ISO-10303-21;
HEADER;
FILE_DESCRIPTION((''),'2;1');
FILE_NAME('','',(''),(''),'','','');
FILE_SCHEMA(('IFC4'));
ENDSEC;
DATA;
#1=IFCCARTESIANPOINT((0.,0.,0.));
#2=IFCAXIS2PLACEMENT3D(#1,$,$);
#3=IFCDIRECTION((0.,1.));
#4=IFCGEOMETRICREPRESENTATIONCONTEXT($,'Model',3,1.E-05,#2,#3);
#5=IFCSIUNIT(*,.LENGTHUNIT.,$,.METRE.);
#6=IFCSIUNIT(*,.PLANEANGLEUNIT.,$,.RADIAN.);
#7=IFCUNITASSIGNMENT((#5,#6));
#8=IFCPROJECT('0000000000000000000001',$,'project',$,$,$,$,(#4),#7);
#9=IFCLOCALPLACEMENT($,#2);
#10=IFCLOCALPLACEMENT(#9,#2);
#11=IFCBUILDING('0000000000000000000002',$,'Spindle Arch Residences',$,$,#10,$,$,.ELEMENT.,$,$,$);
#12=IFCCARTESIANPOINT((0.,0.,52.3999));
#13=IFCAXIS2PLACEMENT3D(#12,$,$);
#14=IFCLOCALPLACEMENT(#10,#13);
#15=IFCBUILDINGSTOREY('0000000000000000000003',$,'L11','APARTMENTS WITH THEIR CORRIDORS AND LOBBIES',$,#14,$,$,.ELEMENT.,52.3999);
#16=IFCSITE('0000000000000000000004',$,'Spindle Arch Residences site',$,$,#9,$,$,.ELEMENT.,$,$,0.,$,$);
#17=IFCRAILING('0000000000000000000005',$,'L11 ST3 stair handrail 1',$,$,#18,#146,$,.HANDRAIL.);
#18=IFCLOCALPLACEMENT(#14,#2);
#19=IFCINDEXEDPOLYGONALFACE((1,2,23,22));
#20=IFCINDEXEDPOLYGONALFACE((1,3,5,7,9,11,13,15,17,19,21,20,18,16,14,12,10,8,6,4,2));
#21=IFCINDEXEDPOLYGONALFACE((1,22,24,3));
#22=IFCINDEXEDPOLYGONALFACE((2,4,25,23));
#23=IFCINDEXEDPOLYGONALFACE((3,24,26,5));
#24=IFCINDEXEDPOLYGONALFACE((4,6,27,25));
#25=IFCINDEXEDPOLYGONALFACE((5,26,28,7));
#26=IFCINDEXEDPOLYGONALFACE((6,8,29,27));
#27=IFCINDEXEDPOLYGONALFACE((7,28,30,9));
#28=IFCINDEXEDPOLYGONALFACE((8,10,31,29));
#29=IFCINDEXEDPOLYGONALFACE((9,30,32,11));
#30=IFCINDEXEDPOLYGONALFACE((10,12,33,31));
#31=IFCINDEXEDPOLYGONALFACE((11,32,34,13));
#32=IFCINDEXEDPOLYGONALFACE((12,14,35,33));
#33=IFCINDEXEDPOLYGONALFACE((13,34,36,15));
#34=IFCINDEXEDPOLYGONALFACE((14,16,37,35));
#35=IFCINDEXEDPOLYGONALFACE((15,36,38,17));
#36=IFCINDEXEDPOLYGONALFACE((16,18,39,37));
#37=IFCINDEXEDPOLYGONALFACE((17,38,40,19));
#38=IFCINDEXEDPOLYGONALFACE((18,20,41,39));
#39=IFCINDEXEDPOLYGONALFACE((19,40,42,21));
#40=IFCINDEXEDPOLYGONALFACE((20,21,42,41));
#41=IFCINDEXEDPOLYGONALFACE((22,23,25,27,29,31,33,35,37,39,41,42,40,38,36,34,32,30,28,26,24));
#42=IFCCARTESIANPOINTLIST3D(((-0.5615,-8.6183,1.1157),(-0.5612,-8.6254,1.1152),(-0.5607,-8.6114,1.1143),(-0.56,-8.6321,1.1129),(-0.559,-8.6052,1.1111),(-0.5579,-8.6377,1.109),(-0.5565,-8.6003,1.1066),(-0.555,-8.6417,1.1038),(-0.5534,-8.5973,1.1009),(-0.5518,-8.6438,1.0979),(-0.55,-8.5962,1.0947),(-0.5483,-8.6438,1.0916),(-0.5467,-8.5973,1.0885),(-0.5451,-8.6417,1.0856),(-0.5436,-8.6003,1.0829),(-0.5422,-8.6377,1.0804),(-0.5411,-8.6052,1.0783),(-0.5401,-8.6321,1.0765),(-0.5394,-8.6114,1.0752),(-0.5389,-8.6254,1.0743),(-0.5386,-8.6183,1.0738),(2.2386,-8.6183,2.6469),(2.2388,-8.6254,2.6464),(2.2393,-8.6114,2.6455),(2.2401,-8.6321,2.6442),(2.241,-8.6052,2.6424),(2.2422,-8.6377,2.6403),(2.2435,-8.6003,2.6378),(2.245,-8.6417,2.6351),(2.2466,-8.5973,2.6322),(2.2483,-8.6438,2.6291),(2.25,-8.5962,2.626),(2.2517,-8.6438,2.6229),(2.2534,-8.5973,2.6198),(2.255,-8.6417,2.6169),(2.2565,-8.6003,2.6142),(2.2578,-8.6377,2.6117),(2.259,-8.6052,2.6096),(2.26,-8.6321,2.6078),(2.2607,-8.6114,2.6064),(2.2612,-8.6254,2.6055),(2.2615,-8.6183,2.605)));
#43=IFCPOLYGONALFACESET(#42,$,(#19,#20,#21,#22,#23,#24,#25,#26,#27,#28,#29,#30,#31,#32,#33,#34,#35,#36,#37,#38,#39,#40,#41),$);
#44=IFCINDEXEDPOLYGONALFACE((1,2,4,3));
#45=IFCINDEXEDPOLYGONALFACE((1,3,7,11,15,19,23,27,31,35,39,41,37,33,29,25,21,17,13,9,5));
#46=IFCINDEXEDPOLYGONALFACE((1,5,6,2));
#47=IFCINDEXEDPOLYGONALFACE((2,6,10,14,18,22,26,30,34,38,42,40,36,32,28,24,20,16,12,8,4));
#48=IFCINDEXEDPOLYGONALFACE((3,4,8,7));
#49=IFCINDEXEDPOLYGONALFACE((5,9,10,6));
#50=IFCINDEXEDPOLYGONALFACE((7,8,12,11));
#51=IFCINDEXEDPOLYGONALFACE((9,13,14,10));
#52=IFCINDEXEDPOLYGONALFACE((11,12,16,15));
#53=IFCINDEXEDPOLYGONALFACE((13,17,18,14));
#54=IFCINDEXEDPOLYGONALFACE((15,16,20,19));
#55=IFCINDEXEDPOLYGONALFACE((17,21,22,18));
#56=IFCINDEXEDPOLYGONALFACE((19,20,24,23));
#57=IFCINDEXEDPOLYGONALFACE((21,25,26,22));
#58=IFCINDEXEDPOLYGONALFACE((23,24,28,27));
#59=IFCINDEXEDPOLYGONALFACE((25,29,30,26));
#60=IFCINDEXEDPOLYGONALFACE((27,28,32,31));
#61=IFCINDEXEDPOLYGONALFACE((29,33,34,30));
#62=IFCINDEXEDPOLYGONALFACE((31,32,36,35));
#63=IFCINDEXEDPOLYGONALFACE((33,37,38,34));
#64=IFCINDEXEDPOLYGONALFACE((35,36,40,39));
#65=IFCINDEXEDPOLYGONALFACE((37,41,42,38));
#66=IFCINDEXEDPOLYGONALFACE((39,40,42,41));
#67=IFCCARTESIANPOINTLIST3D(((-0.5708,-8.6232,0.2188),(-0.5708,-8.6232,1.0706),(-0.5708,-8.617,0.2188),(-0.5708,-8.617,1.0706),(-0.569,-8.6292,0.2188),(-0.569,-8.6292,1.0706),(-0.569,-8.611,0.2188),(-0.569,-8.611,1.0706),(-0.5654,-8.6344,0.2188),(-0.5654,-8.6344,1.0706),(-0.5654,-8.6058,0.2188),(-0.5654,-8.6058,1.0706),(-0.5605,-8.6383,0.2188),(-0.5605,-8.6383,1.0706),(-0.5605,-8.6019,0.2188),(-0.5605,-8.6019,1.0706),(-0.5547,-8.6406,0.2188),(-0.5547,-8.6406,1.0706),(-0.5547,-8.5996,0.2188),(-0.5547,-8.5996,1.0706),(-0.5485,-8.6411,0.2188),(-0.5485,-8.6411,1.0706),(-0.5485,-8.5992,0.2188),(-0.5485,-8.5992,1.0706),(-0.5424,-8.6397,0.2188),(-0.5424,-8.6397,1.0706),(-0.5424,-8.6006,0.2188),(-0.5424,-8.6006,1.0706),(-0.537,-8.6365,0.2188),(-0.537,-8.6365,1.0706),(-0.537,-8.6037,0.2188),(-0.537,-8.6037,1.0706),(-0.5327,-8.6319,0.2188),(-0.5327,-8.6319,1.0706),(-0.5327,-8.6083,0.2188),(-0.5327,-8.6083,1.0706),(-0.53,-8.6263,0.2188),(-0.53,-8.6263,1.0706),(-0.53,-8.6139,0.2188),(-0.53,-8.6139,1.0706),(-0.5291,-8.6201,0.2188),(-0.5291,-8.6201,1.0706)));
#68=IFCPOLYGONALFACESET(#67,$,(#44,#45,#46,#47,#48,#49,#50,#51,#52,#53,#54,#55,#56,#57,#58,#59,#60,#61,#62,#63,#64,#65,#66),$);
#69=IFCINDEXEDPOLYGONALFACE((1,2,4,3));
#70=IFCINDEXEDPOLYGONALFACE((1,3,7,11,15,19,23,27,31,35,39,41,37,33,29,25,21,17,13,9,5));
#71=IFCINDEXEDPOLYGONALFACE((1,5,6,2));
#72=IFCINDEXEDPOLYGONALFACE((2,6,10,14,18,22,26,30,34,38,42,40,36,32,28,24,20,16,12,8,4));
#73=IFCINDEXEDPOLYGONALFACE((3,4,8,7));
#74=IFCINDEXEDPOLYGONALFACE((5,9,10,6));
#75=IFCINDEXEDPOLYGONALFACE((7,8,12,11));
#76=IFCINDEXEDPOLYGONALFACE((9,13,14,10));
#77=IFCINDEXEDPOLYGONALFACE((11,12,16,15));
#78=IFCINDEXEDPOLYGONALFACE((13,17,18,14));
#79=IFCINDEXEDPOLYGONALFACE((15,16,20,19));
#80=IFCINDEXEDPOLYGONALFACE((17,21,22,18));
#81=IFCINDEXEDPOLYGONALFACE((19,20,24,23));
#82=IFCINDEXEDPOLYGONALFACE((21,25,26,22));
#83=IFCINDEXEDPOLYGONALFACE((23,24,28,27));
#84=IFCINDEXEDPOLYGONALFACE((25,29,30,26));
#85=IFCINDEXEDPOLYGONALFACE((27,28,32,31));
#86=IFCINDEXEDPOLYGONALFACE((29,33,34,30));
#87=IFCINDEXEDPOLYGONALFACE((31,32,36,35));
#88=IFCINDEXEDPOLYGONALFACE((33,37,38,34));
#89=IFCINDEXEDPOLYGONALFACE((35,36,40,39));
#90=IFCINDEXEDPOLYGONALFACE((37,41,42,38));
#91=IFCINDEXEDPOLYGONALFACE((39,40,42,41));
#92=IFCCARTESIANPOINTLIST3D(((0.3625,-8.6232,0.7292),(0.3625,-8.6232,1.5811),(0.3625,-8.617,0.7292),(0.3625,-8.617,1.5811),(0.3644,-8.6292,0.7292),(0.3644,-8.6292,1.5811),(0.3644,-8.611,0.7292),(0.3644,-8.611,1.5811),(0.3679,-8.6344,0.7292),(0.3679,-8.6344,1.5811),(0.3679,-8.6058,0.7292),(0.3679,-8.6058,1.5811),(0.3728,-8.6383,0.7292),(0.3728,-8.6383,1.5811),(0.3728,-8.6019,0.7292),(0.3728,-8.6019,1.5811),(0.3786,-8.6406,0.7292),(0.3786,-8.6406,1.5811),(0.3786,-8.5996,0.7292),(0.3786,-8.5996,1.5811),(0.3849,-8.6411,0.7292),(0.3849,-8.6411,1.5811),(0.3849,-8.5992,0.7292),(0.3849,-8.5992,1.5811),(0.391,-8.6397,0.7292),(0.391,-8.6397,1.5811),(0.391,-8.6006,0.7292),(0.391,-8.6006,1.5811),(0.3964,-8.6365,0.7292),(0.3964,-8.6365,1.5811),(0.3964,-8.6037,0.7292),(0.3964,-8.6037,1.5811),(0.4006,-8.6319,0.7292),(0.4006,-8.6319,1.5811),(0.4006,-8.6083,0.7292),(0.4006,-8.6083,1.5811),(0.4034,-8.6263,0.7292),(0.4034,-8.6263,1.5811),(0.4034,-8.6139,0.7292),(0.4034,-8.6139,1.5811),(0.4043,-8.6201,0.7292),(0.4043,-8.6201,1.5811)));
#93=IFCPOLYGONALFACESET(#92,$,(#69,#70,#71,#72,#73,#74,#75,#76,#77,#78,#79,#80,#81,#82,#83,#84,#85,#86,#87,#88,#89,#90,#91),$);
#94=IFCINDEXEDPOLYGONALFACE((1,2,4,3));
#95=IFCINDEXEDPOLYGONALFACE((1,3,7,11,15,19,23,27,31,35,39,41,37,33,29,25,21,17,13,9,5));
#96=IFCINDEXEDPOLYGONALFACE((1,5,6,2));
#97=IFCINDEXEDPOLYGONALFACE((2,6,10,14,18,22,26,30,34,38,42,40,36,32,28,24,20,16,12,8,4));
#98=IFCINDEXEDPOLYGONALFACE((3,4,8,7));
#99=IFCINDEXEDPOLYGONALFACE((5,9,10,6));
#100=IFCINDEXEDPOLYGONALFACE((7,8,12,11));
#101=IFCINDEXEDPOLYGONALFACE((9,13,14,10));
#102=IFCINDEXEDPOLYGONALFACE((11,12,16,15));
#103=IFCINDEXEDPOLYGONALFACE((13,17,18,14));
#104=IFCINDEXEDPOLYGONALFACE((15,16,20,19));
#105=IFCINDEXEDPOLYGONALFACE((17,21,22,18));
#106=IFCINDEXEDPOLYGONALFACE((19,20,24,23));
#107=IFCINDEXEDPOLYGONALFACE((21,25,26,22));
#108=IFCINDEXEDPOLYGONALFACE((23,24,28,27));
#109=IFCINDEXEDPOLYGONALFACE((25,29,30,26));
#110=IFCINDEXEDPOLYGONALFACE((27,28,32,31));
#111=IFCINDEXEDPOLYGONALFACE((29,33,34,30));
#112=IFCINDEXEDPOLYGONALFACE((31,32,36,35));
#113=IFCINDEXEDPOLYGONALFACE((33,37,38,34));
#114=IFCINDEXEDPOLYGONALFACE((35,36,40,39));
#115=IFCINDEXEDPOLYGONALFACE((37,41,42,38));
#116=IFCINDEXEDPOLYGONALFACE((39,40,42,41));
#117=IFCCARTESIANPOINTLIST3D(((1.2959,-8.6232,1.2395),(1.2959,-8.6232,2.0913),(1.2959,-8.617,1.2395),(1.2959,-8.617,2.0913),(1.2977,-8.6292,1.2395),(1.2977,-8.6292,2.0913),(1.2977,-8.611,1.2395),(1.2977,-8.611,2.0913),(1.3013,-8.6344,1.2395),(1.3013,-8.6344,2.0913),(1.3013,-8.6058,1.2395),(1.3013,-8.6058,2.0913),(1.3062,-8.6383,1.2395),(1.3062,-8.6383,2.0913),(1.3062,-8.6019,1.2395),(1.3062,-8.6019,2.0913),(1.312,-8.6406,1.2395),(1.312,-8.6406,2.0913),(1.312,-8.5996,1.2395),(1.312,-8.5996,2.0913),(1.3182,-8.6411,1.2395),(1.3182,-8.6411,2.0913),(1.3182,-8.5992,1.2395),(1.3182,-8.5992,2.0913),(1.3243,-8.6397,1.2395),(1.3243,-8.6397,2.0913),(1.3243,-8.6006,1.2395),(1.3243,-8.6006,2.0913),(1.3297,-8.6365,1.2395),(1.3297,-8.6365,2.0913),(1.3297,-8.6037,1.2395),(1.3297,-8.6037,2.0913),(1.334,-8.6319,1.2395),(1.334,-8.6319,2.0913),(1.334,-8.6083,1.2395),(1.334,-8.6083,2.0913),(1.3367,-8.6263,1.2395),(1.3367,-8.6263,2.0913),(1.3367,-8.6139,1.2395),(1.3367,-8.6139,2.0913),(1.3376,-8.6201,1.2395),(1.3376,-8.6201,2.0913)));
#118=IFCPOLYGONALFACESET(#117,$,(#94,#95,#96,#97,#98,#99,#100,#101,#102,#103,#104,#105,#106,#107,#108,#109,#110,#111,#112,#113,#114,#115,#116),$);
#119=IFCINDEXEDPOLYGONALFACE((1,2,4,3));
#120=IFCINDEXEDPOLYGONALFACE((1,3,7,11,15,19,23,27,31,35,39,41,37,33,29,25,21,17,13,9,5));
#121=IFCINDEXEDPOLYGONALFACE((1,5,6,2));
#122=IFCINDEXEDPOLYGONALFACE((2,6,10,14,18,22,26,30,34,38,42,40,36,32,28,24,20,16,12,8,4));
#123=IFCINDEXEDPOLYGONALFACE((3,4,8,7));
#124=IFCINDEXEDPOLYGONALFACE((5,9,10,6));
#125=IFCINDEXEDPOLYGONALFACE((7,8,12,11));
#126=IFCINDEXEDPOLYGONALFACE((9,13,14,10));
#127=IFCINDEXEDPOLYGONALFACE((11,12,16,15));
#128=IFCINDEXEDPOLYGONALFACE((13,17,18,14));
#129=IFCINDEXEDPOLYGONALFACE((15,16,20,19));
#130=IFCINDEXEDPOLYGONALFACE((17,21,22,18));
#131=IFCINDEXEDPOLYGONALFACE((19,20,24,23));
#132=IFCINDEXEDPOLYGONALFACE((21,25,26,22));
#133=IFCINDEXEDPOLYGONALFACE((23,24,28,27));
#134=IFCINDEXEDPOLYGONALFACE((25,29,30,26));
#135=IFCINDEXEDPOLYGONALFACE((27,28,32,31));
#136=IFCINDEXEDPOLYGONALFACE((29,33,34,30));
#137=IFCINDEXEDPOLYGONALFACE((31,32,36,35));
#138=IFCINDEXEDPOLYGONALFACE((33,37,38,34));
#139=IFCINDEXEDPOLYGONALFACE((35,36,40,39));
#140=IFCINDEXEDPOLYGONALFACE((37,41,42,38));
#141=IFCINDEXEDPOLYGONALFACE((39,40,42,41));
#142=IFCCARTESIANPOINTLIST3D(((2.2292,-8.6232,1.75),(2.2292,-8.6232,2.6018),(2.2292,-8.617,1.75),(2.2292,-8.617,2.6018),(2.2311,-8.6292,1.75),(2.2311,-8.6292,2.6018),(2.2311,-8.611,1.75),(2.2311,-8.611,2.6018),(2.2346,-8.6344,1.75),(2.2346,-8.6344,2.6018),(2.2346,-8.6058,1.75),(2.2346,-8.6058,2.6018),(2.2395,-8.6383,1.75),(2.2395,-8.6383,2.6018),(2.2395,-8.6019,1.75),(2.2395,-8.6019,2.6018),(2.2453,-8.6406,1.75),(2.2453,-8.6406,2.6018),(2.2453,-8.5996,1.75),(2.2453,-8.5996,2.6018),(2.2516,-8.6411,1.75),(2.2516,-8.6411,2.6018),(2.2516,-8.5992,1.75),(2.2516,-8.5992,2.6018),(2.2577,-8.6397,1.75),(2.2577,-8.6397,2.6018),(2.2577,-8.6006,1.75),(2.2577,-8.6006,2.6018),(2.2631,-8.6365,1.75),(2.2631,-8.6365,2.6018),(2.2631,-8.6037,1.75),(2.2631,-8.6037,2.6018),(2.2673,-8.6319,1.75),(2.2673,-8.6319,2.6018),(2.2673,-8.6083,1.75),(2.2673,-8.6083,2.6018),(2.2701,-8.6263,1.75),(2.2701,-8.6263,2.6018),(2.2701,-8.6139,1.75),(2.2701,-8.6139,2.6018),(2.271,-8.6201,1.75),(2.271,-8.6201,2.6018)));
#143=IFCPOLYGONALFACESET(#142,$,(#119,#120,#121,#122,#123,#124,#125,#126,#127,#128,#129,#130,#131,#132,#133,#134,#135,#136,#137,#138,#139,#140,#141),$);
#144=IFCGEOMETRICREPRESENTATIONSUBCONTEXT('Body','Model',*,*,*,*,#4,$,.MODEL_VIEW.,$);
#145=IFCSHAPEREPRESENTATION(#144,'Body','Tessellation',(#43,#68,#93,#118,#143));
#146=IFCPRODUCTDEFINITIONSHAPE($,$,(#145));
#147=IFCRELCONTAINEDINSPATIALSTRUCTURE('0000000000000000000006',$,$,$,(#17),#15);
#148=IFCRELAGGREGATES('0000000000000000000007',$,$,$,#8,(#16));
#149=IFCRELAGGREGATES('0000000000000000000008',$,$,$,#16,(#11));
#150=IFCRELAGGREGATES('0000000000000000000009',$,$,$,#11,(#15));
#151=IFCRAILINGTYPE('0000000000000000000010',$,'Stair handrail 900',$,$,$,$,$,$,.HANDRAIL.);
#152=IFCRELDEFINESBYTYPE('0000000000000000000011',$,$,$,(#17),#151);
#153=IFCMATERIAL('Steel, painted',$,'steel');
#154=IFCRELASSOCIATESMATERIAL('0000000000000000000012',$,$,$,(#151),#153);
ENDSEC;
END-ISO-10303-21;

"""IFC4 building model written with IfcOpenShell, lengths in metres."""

from ifc_helpers import new_model, si_unit, direction, frame, origin, origin_2d, place, context, subcontext, project, spatial, circle, extrude, material, type_object, element, save


model = new_model("IFC4")

# Units and contexts
model_context = context("Model", 3, precision=1e-05, world=origin(), true_north=direction((0.0, 1.0)))
body_context = subcontext(model_context, "Body", "Model", "MODEL_VIEW")
ifc_project = project(units=[si_unit("LENGTHUNIT", "METRE"), si_unit("PLANEANGLEUNIT", "RADIAN")], contexts=[model_context])

# Site, building, storey
site_placement = place(None, origin())
site = spatial("IfcSite", under=ifc_project, at=site_placement, Name="Spindle Arch Residences site", CompositionType="ELEMENT", RefElevation=0.0)
building_placement = place(site_placement, origin())
building = spatial("IfcBuilding", under=site, at=building_placement, Name="Spindle Arch Residences", CompositionType="ELEMENT")
storey_placement = place(building_placement, frame((0.0, 0.0, 52.3999)))
storey = spatial("IfcBuildingStorey", under=building, at=storey_placement, Name="L11", Description="APARTMENTS WITH THEIR CORRIDORS AND LOBBIES", CompositionType="ELEMENT", Elevation=52.3999)

# Railing
ifc_material_1 = material(Name="Steel, painted", Category="steel")
railing_type_1 = type_object("IfcRailingType", Name="Stair handrail 900", PredefinedType="HANDRAIL", material=ifc_material_1)
railing_1_placement = place(storey_placement, frame((-0.55, -8.6201, 0.2188)))
element("IfcRailing", 1, at=railing_1_placement, inside=storey, type_object=railing_type_1, Name="L11 ST3 stair handrail 1", PredefinedType="HANDRAIL", context=body_context, shape_type="SweptSolid", body=[
    extrude(circle(Radius=0.0239, at=origin_2d()), frame((0.0, 0.0, 0.876), z_axis=(0.877375, 0.0, 0.479806), x_axis=(0.0, 1.0, 0.0)), (0.0, 0.0, 1.0), 3.1914),
    extrude(circle(Radius=0.021, at=origin_2d()), origin(), (0.0, 0.0, 1.0), 0.8518),
    extrude(circle(Radius=0.021, at=origin_2d()), frame((0.9333, 0.0, 0.5105)), (0.0, 0.0, 1.0), 0.8518),
    extrude(circle(Radius=0.021, at=origin_2d()), frame((1.8667, 0.0, 1.0208)), (0.0, 0.0, 1.0), 0.8518),
    extrude(circle(Radius=0.021, at=origin_2d()), frame((2.8, 0.0, 1.5312)), (0.0, 0.0, 1.0), 0.8518),
])

save(model, "model.ifc")
